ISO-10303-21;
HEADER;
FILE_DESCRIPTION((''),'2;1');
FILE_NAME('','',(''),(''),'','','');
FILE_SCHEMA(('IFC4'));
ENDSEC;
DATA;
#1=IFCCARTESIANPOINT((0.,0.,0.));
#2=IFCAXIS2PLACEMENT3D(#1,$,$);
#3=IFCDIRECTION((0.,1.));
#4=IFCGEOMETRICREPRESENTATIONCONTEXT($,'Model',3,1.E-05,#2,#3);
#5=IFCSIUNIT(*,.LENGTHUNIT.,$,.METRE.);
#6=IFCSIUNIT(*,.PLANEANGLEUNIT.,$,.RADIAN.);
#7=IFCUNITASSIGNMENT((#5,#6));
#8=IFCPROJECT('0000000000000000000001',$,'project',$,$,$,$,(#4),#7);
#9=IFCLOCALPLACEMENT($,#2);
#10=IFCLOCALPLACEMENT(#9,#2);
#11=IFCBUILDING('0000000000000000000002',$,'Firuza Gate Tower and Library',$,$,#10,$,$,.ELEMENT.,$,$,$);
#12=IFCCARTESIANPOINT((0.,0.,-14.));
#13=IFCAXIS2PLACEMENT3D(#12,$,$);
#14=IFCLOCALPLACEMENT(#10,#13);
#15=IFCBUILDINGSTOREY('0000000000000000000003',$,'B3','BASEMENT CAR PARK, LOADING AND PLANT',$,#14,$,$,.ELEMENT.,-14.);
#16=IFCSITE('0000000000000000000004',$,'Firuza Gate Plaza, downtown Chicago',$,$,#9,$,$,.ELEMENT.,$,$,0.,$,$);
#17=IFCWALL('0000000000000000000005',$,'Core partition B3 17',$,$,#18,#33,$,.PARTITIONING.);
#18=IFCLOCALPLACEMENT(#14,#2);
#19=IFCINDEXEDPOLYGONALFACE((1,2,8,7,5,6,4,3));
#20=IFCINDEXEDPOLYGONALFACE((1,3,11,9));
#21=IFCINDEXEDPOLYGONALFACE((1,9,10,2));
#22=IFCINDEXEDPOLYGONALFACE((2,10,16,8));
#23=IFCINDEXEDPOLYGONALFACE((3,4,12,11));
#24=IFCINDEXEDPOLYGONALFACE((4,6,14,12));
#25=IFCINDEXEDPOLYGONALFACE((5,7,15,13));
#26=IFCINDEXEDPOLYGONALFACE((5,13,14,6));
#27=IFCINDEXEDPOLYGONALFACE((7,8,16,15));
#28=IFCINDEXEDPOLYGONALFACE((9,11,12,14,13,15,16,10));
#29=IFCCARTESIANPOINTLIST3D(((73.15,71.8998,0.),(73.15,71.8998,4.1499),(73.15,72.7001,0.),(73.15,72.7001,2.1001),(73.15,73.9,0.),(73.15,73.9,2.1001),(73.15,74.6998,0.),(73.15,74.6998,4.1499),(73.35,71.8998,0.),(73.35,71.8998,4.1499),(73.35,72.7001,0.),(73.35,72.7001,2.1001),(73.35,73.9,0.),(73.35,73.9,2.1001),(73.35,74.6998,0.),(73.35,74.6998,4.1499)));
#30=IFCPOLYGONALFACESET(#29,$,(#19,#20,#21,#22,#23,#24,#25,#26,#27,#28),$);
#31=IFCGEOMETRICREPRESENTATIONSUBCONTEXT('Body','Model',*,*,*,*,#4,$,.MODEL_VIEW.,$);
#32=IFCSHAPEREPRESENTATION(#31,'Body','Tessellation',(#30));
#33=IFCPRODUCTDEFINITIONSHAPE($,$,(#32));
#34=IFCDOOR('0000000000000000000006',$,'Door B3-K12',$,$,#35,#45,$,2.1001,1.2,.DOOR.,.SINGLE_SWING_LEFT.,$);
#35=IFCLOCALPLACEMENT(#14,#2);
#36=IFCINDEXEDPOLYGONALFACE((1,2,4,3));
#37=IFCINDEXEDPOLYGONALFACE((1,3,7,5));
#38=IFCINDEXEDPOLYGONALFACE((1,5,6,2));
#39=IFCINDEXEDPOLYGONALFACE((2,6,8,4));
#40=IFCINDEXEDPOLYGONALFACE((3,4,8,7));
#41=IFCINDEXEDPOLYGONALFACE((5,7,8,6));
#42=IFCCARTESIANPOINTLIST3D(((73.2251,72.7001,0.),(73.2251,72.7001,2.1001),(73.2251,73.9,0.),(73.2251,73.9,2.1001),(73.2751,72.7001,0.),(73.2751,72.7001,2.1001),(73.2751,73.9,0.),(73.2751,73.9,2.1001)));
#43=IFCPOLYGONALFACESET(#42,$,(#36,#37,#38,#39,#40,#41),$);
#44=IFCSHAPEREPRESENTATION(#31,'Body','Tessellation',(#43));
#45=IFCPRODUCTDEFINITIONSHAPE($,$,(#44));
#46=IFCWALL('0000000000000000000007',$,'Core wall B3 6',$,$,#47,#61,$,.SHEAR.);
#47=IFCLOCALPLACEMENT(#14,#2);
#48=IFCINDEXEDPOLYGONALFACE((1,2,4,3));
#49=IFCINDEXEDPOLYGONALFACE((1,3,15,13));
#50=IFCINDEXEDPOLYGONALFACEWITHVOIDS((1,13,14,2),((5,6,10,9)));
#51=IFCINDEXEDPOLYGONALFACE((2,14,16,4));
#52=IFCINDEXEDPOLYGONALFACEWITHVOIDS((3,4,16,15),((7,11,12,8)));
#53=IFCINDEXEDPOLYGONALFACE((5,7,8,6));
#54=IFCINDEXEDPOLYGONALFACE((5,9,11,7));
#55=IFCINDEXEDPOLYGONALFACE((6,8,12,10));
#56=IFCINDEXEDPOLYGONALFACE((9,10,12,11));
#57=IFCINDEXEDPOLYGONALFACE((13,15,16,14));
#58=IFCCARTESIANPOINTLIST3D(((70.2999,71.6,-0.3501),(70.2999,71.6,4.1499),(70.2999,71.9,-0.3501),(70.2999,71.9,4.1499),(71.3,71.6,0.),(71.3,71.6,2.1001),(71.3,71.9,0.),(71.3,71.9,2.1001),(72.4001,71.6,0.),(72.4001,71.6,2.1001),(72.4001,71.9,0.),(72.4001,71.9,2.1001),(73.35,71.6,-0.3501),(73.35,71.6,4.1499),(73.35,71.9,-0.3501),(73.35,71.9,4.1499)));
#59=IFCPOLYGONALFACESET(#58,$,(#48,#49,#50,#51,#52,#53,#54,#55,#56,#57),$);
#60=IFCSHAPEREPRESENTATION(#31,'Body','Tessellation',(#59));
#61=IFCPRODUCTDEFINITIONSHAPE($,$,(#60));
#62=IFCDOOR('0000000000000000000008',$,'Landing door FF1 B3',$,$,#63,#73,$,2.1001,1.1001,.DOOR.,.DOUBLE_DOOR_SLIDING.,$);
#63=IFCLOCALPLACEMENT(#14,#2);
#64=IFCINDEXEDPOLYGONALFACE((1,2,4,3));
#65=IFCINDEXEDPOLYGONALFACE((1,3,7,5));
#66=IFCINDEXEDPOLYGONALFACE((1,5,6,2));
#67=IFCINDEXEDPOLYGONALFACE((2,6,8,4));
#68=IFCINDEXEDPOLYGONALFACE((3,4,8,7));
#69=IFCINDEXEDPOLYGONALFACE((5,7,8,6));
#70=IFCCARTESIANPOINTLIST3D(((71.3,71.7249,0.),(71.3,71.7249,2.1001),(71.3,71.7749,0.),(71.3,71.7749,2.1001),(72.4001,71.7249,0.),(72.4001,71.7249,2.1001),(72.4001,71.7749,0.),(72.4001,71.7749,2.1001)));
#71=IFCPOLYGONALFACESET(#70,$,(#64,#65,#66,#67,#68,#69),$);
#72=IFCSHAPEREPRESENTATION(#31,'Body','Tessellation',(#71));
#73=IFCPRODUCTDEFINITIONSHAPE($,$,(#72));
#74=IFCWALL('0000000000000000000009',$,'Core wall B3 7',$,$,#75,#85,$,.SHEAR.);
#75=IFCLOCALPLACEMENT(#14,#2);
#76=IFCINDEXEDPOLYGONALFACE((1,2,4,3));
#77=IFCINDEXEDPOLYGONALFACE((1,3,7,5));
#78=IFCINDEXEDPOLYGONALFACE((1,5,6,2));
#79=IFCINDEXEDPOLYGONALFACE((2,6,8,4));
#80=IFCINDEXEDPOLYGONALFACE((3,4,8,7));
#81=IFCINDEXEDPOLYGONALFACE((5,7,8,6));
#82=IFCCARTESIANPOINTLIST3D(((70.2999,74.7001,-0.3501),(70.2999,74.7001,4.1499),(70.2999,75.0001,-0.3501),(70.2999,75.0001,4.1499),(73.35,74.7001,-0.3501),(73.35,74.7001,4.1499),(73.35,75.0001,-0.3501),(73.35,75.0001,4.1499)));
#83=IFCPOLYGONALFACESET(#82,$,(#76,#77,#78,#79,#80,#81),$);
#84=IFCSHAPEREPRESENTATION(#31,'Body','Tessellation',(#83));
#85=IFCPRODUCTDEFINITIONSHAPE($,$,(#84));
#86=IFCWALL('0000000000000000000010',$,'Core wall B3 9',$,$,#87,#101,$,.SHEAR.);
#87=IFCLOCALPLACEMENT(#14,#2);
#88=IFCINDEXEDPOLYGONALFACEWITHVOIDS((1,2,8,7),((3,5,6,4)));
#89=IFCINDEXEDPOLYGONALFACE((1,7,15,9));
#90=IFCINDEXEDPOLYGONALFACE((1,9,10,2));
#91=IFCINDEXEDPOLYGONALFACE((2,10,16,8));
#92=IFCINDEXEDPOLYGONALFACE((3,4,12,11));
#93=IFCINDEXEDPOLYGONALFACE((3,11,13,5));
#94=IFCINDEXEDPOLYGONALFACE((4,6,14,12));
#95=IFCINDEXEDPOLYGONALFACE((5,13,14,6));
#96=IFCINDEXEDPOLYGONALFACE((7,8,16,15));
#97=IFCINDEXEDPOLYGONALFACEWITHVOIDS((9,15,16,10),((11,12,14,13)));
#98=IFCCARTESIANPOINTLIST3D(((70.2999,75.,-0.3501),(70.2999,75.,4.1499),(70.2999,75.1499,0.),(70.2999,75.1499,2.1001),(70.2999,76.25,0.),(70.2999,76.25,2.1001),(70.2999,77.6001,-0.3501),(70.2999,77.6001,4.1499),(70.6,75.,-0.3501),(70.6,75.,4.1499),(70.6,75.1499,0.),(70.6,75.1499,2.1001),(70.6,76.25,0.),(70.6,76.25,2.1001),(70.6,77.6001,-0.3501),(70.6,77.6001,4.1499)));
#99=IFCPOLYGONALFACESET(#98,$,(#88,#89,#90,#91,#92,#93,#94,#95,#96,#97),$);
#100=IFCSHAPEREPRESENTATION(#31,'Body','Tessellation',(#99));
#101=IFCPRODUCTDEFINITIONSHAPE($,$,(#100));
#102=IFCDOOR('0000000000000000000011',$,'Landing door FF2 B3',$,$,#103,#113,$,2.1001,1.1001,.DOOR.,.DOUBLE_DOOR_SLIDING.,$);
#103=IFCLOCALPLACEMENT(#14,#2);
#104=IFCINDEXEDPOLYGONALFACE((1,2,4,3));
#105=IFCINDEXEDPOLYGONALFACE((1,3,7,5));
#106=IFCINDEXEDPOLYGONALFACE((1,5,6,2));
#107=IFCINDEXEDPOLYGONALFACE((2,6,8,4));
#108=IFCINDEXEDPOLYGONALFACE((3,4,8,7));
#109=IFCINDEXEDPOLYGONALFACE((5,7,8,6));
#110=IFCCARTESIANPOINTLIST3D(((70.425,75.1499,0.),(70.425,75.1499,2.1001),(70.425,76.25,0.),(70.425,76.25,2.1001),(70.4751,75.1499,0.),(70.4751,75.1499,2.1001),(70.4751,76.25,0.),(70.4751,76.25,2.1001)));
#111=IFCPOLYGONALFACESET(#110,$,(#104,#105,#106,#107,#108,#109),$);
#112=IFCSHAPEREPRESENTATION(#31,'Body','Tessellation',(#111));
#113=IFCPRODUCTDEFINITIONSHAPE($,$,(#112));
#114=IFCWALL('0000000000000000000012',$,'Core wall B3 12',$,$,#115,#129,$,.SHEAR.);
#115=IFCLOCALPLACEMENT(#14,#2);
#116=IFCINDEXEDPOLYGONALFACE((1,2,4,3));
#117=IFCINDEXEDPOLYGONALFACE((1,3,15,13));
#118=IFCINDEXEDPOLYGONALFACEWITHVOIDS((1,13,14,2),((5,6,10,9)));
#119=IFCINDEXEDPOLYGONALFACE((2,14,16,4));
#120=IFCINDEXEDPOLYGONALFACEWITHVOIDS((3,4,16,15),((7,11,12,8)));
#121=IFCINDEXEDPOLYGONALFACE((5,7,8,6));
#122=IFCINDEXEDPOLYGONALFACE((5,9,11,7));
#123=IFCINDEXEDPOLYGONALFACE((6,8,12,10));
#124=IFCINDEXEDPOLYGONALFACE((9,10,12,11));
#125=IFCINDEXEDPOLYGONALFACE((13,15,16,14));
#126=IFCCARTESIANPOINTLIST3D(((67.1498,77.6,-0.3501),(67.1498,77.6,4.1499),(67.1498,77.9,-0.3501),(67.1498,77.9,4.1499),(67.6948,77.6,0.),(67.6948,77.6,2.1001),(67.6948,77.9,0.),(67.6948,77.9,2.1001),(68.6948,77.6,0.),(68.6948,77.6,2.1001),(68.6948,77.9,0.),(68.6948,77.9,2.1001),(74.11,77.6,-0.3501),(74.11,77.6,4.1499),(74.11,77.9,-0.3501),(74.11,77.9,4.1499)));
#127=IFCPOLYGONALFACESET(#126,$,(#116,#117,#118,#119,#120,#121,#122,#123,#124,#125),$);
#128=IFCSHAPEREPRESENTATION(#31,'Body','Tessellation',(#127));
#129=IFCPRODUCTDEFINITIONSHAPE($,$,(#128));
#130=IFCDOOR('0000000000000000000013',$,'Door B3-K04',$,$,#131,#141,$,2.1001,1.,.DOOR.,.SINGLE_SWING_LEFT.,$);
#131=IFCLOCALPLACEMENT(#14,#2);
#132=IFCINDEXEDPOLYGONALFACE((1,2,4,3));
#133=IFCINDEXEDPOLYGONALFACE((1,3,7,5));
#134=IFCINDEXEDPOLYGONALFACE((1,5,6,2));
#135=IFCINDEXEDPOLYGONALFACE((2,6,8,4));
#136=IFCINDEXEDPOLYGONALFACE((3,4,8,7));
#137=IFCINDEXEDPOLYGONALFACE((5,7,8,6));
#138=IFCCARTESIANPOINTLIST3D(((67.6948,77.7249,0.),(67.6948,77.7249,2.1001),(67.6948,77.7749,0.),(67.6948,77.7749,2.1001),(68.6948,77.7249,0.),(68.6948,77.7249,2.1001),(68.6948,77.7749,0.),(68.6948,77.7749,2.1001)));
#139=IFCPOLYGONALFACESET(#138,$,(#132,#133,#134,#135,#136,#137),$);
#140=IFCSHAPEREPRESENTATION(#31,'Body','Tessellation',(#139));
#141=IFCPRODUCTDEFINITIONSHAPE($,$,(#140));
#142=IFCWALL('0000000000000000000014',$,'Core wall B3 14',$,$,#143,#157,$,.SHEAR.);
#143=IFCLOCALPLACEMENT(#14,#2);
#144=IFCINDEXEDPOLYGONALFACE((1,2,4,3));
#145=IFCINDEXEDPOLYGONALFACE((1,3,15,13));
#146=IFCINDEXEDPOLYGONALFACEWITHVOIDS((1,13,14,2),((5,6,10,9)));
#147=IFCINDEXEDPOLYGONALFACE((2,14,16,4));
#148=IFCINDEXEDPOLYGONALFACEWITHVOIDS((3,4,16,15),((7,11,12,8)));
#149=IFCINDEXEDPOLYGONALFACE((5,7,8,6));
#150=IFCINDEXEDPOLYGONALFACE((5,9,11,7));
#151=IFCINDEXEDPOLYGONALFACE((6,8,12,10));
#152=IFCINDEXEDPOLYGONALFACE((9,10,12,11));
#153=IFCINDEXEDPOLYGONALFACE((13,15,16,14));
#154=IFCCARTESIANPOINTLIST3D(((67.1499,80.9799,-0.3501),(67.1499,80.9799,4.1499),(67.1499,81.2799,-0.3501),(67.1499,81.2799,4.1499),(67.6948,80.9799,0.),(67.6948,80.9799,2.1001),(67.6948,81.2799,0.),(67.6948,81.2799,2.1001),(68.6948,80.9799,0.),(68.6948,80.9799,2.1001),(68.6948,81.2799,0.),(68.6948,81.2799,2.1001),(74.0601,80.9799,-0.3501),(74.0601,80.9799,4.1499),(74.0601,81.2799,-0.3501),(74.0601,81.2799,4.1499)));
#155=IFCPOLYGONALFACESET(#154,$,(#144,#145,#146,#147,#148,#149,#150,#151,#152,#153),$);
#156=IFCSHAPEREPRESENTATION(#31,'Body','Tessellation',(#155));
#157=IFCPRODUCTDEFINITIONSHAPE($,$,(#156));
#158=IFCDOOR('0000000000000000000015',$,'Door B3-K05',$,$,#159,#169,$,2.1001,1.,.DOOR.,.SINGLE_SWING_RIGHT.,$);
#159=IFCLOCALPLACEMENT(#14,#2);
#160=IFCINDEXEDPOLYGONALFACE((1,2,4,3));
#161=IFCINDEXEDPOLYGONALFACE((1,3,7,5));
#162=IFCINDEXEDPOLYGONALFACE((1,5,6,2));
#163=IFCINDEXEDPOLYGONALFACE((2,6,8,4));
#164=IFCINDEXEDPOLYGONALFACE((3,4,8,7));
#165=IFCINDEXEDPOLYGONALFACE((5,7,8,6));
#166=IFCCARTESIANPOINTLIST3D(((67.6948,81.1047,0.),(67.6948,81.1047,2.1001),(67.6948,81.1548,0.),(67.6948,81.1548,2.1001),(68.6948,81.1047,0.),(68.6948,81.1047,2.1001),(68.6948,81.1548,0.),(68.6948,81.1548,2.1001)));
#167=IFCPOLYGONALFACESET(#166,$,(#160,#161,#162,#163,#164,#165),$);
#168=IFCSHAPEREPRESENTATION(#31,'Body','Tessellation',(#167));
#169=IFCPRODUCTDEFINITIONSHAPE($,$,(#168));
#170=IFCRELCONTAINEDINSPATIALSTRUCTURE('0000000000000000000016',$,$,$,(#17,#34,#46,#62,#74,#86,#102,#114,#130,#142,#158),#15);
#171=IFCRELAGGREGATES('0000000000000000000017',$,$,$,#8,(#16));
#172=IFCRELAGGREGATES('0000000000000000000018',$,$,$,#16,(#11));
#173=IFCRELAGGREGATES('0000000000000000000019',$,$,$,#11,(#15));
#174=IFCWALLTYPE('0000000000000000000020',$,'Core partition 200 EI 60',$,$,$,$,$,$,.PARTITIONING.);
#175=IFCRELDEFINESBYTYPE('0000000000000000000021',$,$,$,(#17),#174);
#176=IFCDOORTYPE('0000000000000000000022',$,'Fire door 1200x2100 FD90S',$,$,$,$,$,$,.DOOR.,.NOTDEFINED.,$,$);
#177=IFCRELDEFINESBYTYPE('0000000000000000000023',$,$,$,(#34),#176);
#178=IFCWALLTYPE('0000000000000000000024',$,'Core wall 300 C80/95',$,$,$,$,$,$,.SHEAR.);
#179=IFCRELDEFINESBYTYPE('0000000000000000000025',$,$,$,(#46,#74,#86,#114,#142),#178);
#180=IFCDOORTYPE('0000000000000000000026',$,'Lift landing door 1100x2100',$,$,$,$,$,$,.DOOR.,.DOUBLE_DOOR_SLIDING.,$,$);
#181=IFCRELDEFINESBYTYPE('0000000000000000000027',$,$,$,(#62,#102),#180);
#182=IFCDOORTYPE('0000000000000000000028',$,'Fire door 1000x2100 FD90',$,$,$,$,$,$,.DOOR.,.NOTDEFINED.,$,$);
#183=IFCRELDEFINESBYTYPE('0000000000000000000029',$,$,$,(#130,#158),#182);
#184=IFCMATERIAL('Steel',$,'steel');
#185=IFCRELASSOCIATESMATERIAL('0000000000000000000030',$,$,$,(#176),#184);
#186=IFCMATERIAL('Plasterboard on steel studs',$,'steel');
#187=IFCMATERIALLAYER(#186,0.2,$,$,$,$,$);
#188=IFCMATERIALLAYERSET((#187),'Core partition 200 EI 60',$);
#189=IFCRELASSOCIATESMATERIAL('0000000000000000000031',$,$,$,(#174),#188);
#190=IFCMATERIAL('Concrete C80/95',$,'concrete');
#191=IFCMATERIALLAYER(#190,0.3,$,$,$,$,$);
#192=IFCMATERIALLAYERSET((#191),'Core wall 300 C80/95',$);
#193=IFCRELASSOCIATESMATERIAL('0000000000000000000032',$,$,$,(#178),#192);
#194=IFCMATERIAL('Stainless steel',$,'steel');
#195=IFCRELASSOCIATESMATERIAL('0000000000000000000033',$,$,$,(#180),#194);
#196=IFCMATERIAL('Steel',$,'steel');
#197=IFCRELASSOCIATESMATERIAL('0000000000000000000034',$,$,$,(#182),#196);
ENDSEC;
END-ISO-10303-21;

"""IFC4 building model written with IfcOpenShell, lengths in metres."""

from ifc_helpers import new_model, si_unit, direction, frame, frame_2d, origin, place, context, subcontext, project, spatial, rectangle, extrude, material, layer, layer_set, type_object, element, fill, save


model = new_model("IFC4")

# Units and contexts
model_context = context("Model", 3, precision=1e-05, world=origin(), true_north=direction((0.0, 1.0)))
body_context = subcontext(model_context, "Body", "Model", "MODEL_VIEW")
ifc_project = project(units=[si_unit("LENGTHUNIT", "METRE"), si_unit("PLANEANGLEUNIT", "RADIAN")], contexts=[model_context])

# Site, building, storey
site_placement = place(None, origin())
site = spatial("IfcSite", under=ifc_project, at=site_placement, Name="Firuza Gate Plaza, downtown Chicago", CompositionType="ELEMENT", RefElevation=0.0)
building_placement = place(site_placement, origin())
building = spatial("IfcBuilding", under=site, at=building_placement, Name="Firuza Gate Tower and Library", CompositionType="ELEMENT")
storey_placement = place(building_placement, frame((0.0, 0.0, -14.0)))
storey = spatial("IfcBuildingStorey", under=building, at=storey_placement, Name="B3", Description="BASEMENT CAR PARK, LOADING AND PLANT", CompositionType="ELEMENT", Elevation=-14.0)

# Shared definitions
ifc_material_1 = material(Name="Steel", Category="steel")
door_type_1 = type_object("IfcDoorType", Name="Fire door 1200x2100 FD90S", OperationType="NOTDEFINED", PredefinedType="DOOR", material=ifc_material_1)

# Walls, openings, doors
ifc_material_2 = material(Name="Plasterboard on steel studs", Category="steel")
ifc_layer_1 = layer(ifc_material_2, 0.2)
ifc_layer_set_1 = layer_set([ifc_layer_1], Name="Core partition 200 EI 60")
wall_type_1 = type_object("IfcWallType", Name="Core partition 200 EI 60", PredefinedType="PARTITIONING", material=ifc_layer_set_1)
wall_1_placement = place(storey_placement, frame((73.25, 71.8999, 0.0), z_axis=(0.0, 0.0, 1.0), x_axis=(0.0, 1.0, 0.0)))
wall_1 = element("IfcWall", 1, at=wall_1_placement, inside=storey, type_object=wall_type_1, Name="Core partition B3 17", PredefinedType="PARTITIONING", context=body_context, shape_type="SweptSolid", body=[
    extrude(rectangle(XDim=2.8, YDim=0.2, at=frame_2d((1.3999, 0.0))), origin(), (0.0, 0.0, 1.0), 4.1499),
])
opening_1_placement = place(wall_1_placement, frame((0.8, 0.0, 0.0)))
opening_1 = element("IfcOpeningElement", 2, at=opening_1_placement, cuts=wall_1, PredefinedType="OPENING", context=body_context, shape_type="SweptSolid", body=[
    extrude(rectangle(XDim=1.2, YDim=2.1001, at=frame_2d((0.6001, 1.05))), frame((0.0, 0.1099, 0.0), z_axis=(0.0, -1.0, 0.0), x_axis=(1.0, 0.0, 0.0)), (0.0, 0.0, 1.0), 0.22),
])
door_1_placement = place(opening_1_placement, origin())
door_1 = element("IfcDoor", 3, at=door_1_placement, inside=storey, type_object=door_type_1, Name="Door B3-K12", OperationType="SINGLE_SWING_LEFT", OverallHeight=2.1001, OverallWidth=1.2, PredefinedType="DOOR", context=body_context, shape_type="SweptSolid", body=[
    extrude(rectangle(XDim=1.2, YDim=2.1001, at=frame_2d((0.6001, 1.05))), frame((0.0, 0.0249, 0.0), z_axis=(0.0, -1.0, 0.0), x_axis=(1.0, 0.0, 0.0)), (0.0, 0.0, 1.0), 0.05),
])
fill(opening_1, door_1)
ifc_material_3 = material(Name="Concrete C80/95", Category="concrete")
ifc_layer_2 = layer(ifc_material_3, 0.3)
ifc_layer_set_2 = layer_set([ifc_layer_2], Name="Core wall 300 C80/95")
wall_type_2 = type_object("IfcWallType", Name="Core wall 300 C80/95", PredefinedType="SHEAR", material=ifc_layer_set_2)
wall_2_placement = place(storey_placement, frame((70.3, 71.75, -0.3501), z_axis=(0.0, 0.0, 1.0), x_axis=(1.0, 0.0, 0.0)))
wall_2 = element("IfcWall", 4, at=wall_2_placement, inside=storey, type_object=wall_type_2, Name="Core wall B3 6", PredefinedType="SHEAR", context=body_context, shape_type="SweptSolid", body=[
    extrude(rectangle(XDim=3.05, YDim=0.3, at=frame_2d((1.5249, 0.0))), origin(), (0.0, 0.0, 1.0), 4.5),
])
opening_2_placement = place(wall_2_placement, frame((1.0, 0.0, 0.3501)))
opening_2 = element("IfcOpeningElement", 5, at=opening_2_placement, cuts=wall_2, PredefinedType="OPENING", context=body_context, shape_type="SweptSolid", body=[
    extrude(rectangle(XDim=1.1001, YDim=2.1001, at=frame_2d((0.55, 1.05))), frame((0.0, 0.1602, 0.0), z_axis=(0.0, -1.0, 0.0), x_axis=(1.0, 0.0, 0.0)), (0.0, 0.0, 1.0), 0.3201),
])
ifc_material_4 = material(Name="Stainless steel", Category="steel")
door_type_2 = type_object("IfcDoorType", Name="Lift landing door 1100x2100", OperationType="DOUBLE_DOOR_SLIDING", PredefinedType="DOOR", material=ifc_material_4)
door_2_placement = place(opening_2_placement, origin())
door_2 = element("IfcDoor", 6, at=door_2_placement, inside=storey, type_object=door_type_2, Name="Landing door FF1 B3", OperationType="DOUBLE_DOOR_SLIDING", OverallHeight=2.1001, OverallWidth=1.1001, PredefinedType="DOOR", context=body_context, shape_type="SweptSolid", body=[
    extrude(rectangle(XDim=1.1001, YDim=2.1001, at=frame_2d((0.55, 1.05))), frame((0.0, 0.0249, 0.0), z_axis=(0.0, -1.0, 0.0), x_axis=(1.0, 0.0, 0.0)), (0.0, 0.0, 1.0), 0.05),
])
fill(opening_2, door_2)

# Wall
wall_3_placement = place(storey_placement, frame((70.3, 74.8501, -0.3501), z_axis=(0.0, 0.0, 1.0), x_axis=(1.0, 0.0, 0.0)))
element("IfcWall", 7, at=wall_3_placement, inside=storey, type_object=wall_type_2, Name="Core wall B3 7", PredefinedType="SHEAR", context=body_context, shape_type="SweptSolid", body=[
    extrude(rectangle(XDim=3.05, YDim=0.3, at=frame_2d((1.5249, 0.0))), origin(), (0.0, 0.0, 1.0), 4.5),
])

# Walls, openings, doors
wall_4_placement = place(storey_placement, frame((70.45, 75.0, -0.3501), z_axis=(0.0, 0.0, 1.0), x_axis=(0.0, 1.0, 0.0)))
wall_4 = element("IfcWall", 8, at=wall_4_placement, inside=storey, type_object=wall_type_2, Name="Core wall B3 9", PredefinedType="SHEAR", context=body_context, shape_type="SweptSolid", body=[
    extrude(rectangle(XDim=2.6001, YDim=0.3, at=frame_2d((1.3, 0.0))), origin(), (0.0, 0.0, 1.0), 4.5),
])
opening_3_placement = place(wall_4_placement, frame((0.1499, 0.0, 0.3501)))
opening_3 = element("IfcOpeningElement", 9, at=opening_3_placement, cuts=wall_4, PredefinedType="OPENING", context=body_context, shape_type="SweptSolid", body=[
    extrude(rectangle(XDim=1.1001, YDim=2.1001, at=frame_2d((0.55, 1.05))), frame((0.0, 0.1602, 0.0), z_axis=(0.0, -1.0, 0.0), x_axis=(1.0, 0.0, 0.0)), (0.0, 0.0, 1.0), 0.3201),
])
door_3_placement = place(opening_3_placement, origin())
door_3 = element("IfcDoor", 10, at=door_3_placement, inside=storey, type_object=door_type_2, Name="Landing door FF2 B3", OperationType="DOUBLE_DOOR_SLIDING", OverallHeight=2.1001, OverallWidth=1.1001, PredefinedType="DOOR", context=body_context, shape_type="SweptSolid", body=[
    extrude(rectangle(XDim=1.1001, YDim=2.1001, at=frame_2d((0.55, 1.05))), frame((0.0, 0.0249, 0.0), z_axis=(0.0, -1.0, 0.0), x_axis=(1.0, 0.0, 0.0)), (0.0, 0.0, 1.0), 0.05),
])
fill(opening_3, door_3)
wall_5_placement = place(storey_placement, frame((67.1499, 77.75, -0.3501), z_axis=(0.0, 0.0, 1.0), x_axis=(1.0, 0.0, 0.0)))
wall_5 = element("IfcWall", 11, at=wall_5_placement, inside=storey, type_object=wall_type_2, Name="Core wall B3 12", PredefinedType="SHEAR", context=body_context, shape_type="SweptSolid", body=[
    extrude(rectangle(XDim=6.9602, YDim=0.3, at=frame_2d((3.48, 0.0))), origin(), (0.0, 0.0, 1.0), 4.5),
])
opening_4_placement = place(wall_5_placement, frame((0.5449, 0.0, 0.3501)))
opening_4 = element("IfcOpeningElement", 12, at=opening_4_placement, cuts=wall_5, PredefinedType="OPENING", context=body_context, shape_type="SweptSolid", body=[
    extrude(rectangle(XDim=1.0, YDim=2.1001, at=frame_2d((0.5, 1.05))), frame((0.0, 0.1602, 0.0), z_axis=(0.0, -1.0, 0.0), x_axis=(1.0, 0.0, 0.0)), (0.0, 0.0, 1.0), 0.3201),
])
ifc_material_5 = material(Name="Steel", Category="steel")
door_type_3 = type_object("IfcDoorType", Name="Fire door 1000x2100 FD90", OperationType="NOTDEFINED", PredefinedType="DOOR", material=ifc_material_5)
door_4_placement = place(opening_4_placement, origin())
door_4 = element("IfcDoor", 13, at=door_4_placement, inside=storey, type_object=door_type_3, Name="Door B3-K04", OperationType="SINGLE_SWING_LEFT", OverallHeight=2.1001, OverallWidth=1.0, PredefinedType="DOOR", context=body_context, shape_type="SweptSolid", body=[
    extrude(rectangle(XDim=1.0, YDim=2.1001, at=frame_2d((0.5, 1.05))), frame((0.0, 0.0249, 0.0), z_axis=(0.0, -1.0, 0.0), x_axis=(1.0, 0.0, 0.0)), (0.0, 0.0, 1.0), 0.05),
])
fill(opening_4, door_4)
wall_6_placement = place(storey_placement, frame((67.1499, 81.1299, -0.3501), z_axis=(0.0, 0.0, 1.0), x_axis=(1.0, 0.0, 0.0)))
wall_6 = element("IfcWall", 14, at=wall_6_placement, inside=storey, type_object=wall_type_2, Name="Core wall B3 14", PredefinedType="SHEAR", context=body_context, shape_type="SweptSolid", body=[
    extrude(rectangle(XDim=6.9102, YDim=0.3, at=frame_2d((3.4551, 0.0))), origin(), (0.0, 0.0, 1.0), 4.5),
])
opening_5_placement = place(wall_6_placement, frame((0.5449, 0.0, 0.3501)))
opening_5 = element("IfcOpeningElement", 15, at=opening_5_placement, cuts=wall_6, PredefinedType="OPENING", context=body_context, shape_type="SweptSolid", body=[
    extrude(rectangle(XDim=1.0, YDim=2.1001, at=frame_2d((0.5, 1.05))), frame((0.0, 0.1602, 0.0), z_axis=(0.0, -1.0, 0.0), x_axis=(1.0, 0.0, 0.0)), (0.0, 0.0, 1.0), 0.3201),
])
door_5_placement = place(opening_5_placement, origin())
door_5 = element("IfcDoor", 16, at=door_5_placement, inside=storey, type_object=door_type_3, Name="Door B3-K05", OperationType="SINGLE_SWING_RIGHT", OverallHeight=2.1001, OverallWidth=1.0, PredefinedType="DOOR", context=body_context, shape_type="SweptSolid", body=[
    extrude(rectangle(XDim=1.0, YDim=2.1001, at=frame_2d((0.5, 1.05))), frame((0.0, 0.0249, 0.0), z_axis=(0.0, -1.0, 0.0), x_axis=(1.0, 0.0, 0.0)), (0.0, 0.0, 1.0), 0.05),
])
fill(opening_5, door_5)

save(model, "model.ifc")
